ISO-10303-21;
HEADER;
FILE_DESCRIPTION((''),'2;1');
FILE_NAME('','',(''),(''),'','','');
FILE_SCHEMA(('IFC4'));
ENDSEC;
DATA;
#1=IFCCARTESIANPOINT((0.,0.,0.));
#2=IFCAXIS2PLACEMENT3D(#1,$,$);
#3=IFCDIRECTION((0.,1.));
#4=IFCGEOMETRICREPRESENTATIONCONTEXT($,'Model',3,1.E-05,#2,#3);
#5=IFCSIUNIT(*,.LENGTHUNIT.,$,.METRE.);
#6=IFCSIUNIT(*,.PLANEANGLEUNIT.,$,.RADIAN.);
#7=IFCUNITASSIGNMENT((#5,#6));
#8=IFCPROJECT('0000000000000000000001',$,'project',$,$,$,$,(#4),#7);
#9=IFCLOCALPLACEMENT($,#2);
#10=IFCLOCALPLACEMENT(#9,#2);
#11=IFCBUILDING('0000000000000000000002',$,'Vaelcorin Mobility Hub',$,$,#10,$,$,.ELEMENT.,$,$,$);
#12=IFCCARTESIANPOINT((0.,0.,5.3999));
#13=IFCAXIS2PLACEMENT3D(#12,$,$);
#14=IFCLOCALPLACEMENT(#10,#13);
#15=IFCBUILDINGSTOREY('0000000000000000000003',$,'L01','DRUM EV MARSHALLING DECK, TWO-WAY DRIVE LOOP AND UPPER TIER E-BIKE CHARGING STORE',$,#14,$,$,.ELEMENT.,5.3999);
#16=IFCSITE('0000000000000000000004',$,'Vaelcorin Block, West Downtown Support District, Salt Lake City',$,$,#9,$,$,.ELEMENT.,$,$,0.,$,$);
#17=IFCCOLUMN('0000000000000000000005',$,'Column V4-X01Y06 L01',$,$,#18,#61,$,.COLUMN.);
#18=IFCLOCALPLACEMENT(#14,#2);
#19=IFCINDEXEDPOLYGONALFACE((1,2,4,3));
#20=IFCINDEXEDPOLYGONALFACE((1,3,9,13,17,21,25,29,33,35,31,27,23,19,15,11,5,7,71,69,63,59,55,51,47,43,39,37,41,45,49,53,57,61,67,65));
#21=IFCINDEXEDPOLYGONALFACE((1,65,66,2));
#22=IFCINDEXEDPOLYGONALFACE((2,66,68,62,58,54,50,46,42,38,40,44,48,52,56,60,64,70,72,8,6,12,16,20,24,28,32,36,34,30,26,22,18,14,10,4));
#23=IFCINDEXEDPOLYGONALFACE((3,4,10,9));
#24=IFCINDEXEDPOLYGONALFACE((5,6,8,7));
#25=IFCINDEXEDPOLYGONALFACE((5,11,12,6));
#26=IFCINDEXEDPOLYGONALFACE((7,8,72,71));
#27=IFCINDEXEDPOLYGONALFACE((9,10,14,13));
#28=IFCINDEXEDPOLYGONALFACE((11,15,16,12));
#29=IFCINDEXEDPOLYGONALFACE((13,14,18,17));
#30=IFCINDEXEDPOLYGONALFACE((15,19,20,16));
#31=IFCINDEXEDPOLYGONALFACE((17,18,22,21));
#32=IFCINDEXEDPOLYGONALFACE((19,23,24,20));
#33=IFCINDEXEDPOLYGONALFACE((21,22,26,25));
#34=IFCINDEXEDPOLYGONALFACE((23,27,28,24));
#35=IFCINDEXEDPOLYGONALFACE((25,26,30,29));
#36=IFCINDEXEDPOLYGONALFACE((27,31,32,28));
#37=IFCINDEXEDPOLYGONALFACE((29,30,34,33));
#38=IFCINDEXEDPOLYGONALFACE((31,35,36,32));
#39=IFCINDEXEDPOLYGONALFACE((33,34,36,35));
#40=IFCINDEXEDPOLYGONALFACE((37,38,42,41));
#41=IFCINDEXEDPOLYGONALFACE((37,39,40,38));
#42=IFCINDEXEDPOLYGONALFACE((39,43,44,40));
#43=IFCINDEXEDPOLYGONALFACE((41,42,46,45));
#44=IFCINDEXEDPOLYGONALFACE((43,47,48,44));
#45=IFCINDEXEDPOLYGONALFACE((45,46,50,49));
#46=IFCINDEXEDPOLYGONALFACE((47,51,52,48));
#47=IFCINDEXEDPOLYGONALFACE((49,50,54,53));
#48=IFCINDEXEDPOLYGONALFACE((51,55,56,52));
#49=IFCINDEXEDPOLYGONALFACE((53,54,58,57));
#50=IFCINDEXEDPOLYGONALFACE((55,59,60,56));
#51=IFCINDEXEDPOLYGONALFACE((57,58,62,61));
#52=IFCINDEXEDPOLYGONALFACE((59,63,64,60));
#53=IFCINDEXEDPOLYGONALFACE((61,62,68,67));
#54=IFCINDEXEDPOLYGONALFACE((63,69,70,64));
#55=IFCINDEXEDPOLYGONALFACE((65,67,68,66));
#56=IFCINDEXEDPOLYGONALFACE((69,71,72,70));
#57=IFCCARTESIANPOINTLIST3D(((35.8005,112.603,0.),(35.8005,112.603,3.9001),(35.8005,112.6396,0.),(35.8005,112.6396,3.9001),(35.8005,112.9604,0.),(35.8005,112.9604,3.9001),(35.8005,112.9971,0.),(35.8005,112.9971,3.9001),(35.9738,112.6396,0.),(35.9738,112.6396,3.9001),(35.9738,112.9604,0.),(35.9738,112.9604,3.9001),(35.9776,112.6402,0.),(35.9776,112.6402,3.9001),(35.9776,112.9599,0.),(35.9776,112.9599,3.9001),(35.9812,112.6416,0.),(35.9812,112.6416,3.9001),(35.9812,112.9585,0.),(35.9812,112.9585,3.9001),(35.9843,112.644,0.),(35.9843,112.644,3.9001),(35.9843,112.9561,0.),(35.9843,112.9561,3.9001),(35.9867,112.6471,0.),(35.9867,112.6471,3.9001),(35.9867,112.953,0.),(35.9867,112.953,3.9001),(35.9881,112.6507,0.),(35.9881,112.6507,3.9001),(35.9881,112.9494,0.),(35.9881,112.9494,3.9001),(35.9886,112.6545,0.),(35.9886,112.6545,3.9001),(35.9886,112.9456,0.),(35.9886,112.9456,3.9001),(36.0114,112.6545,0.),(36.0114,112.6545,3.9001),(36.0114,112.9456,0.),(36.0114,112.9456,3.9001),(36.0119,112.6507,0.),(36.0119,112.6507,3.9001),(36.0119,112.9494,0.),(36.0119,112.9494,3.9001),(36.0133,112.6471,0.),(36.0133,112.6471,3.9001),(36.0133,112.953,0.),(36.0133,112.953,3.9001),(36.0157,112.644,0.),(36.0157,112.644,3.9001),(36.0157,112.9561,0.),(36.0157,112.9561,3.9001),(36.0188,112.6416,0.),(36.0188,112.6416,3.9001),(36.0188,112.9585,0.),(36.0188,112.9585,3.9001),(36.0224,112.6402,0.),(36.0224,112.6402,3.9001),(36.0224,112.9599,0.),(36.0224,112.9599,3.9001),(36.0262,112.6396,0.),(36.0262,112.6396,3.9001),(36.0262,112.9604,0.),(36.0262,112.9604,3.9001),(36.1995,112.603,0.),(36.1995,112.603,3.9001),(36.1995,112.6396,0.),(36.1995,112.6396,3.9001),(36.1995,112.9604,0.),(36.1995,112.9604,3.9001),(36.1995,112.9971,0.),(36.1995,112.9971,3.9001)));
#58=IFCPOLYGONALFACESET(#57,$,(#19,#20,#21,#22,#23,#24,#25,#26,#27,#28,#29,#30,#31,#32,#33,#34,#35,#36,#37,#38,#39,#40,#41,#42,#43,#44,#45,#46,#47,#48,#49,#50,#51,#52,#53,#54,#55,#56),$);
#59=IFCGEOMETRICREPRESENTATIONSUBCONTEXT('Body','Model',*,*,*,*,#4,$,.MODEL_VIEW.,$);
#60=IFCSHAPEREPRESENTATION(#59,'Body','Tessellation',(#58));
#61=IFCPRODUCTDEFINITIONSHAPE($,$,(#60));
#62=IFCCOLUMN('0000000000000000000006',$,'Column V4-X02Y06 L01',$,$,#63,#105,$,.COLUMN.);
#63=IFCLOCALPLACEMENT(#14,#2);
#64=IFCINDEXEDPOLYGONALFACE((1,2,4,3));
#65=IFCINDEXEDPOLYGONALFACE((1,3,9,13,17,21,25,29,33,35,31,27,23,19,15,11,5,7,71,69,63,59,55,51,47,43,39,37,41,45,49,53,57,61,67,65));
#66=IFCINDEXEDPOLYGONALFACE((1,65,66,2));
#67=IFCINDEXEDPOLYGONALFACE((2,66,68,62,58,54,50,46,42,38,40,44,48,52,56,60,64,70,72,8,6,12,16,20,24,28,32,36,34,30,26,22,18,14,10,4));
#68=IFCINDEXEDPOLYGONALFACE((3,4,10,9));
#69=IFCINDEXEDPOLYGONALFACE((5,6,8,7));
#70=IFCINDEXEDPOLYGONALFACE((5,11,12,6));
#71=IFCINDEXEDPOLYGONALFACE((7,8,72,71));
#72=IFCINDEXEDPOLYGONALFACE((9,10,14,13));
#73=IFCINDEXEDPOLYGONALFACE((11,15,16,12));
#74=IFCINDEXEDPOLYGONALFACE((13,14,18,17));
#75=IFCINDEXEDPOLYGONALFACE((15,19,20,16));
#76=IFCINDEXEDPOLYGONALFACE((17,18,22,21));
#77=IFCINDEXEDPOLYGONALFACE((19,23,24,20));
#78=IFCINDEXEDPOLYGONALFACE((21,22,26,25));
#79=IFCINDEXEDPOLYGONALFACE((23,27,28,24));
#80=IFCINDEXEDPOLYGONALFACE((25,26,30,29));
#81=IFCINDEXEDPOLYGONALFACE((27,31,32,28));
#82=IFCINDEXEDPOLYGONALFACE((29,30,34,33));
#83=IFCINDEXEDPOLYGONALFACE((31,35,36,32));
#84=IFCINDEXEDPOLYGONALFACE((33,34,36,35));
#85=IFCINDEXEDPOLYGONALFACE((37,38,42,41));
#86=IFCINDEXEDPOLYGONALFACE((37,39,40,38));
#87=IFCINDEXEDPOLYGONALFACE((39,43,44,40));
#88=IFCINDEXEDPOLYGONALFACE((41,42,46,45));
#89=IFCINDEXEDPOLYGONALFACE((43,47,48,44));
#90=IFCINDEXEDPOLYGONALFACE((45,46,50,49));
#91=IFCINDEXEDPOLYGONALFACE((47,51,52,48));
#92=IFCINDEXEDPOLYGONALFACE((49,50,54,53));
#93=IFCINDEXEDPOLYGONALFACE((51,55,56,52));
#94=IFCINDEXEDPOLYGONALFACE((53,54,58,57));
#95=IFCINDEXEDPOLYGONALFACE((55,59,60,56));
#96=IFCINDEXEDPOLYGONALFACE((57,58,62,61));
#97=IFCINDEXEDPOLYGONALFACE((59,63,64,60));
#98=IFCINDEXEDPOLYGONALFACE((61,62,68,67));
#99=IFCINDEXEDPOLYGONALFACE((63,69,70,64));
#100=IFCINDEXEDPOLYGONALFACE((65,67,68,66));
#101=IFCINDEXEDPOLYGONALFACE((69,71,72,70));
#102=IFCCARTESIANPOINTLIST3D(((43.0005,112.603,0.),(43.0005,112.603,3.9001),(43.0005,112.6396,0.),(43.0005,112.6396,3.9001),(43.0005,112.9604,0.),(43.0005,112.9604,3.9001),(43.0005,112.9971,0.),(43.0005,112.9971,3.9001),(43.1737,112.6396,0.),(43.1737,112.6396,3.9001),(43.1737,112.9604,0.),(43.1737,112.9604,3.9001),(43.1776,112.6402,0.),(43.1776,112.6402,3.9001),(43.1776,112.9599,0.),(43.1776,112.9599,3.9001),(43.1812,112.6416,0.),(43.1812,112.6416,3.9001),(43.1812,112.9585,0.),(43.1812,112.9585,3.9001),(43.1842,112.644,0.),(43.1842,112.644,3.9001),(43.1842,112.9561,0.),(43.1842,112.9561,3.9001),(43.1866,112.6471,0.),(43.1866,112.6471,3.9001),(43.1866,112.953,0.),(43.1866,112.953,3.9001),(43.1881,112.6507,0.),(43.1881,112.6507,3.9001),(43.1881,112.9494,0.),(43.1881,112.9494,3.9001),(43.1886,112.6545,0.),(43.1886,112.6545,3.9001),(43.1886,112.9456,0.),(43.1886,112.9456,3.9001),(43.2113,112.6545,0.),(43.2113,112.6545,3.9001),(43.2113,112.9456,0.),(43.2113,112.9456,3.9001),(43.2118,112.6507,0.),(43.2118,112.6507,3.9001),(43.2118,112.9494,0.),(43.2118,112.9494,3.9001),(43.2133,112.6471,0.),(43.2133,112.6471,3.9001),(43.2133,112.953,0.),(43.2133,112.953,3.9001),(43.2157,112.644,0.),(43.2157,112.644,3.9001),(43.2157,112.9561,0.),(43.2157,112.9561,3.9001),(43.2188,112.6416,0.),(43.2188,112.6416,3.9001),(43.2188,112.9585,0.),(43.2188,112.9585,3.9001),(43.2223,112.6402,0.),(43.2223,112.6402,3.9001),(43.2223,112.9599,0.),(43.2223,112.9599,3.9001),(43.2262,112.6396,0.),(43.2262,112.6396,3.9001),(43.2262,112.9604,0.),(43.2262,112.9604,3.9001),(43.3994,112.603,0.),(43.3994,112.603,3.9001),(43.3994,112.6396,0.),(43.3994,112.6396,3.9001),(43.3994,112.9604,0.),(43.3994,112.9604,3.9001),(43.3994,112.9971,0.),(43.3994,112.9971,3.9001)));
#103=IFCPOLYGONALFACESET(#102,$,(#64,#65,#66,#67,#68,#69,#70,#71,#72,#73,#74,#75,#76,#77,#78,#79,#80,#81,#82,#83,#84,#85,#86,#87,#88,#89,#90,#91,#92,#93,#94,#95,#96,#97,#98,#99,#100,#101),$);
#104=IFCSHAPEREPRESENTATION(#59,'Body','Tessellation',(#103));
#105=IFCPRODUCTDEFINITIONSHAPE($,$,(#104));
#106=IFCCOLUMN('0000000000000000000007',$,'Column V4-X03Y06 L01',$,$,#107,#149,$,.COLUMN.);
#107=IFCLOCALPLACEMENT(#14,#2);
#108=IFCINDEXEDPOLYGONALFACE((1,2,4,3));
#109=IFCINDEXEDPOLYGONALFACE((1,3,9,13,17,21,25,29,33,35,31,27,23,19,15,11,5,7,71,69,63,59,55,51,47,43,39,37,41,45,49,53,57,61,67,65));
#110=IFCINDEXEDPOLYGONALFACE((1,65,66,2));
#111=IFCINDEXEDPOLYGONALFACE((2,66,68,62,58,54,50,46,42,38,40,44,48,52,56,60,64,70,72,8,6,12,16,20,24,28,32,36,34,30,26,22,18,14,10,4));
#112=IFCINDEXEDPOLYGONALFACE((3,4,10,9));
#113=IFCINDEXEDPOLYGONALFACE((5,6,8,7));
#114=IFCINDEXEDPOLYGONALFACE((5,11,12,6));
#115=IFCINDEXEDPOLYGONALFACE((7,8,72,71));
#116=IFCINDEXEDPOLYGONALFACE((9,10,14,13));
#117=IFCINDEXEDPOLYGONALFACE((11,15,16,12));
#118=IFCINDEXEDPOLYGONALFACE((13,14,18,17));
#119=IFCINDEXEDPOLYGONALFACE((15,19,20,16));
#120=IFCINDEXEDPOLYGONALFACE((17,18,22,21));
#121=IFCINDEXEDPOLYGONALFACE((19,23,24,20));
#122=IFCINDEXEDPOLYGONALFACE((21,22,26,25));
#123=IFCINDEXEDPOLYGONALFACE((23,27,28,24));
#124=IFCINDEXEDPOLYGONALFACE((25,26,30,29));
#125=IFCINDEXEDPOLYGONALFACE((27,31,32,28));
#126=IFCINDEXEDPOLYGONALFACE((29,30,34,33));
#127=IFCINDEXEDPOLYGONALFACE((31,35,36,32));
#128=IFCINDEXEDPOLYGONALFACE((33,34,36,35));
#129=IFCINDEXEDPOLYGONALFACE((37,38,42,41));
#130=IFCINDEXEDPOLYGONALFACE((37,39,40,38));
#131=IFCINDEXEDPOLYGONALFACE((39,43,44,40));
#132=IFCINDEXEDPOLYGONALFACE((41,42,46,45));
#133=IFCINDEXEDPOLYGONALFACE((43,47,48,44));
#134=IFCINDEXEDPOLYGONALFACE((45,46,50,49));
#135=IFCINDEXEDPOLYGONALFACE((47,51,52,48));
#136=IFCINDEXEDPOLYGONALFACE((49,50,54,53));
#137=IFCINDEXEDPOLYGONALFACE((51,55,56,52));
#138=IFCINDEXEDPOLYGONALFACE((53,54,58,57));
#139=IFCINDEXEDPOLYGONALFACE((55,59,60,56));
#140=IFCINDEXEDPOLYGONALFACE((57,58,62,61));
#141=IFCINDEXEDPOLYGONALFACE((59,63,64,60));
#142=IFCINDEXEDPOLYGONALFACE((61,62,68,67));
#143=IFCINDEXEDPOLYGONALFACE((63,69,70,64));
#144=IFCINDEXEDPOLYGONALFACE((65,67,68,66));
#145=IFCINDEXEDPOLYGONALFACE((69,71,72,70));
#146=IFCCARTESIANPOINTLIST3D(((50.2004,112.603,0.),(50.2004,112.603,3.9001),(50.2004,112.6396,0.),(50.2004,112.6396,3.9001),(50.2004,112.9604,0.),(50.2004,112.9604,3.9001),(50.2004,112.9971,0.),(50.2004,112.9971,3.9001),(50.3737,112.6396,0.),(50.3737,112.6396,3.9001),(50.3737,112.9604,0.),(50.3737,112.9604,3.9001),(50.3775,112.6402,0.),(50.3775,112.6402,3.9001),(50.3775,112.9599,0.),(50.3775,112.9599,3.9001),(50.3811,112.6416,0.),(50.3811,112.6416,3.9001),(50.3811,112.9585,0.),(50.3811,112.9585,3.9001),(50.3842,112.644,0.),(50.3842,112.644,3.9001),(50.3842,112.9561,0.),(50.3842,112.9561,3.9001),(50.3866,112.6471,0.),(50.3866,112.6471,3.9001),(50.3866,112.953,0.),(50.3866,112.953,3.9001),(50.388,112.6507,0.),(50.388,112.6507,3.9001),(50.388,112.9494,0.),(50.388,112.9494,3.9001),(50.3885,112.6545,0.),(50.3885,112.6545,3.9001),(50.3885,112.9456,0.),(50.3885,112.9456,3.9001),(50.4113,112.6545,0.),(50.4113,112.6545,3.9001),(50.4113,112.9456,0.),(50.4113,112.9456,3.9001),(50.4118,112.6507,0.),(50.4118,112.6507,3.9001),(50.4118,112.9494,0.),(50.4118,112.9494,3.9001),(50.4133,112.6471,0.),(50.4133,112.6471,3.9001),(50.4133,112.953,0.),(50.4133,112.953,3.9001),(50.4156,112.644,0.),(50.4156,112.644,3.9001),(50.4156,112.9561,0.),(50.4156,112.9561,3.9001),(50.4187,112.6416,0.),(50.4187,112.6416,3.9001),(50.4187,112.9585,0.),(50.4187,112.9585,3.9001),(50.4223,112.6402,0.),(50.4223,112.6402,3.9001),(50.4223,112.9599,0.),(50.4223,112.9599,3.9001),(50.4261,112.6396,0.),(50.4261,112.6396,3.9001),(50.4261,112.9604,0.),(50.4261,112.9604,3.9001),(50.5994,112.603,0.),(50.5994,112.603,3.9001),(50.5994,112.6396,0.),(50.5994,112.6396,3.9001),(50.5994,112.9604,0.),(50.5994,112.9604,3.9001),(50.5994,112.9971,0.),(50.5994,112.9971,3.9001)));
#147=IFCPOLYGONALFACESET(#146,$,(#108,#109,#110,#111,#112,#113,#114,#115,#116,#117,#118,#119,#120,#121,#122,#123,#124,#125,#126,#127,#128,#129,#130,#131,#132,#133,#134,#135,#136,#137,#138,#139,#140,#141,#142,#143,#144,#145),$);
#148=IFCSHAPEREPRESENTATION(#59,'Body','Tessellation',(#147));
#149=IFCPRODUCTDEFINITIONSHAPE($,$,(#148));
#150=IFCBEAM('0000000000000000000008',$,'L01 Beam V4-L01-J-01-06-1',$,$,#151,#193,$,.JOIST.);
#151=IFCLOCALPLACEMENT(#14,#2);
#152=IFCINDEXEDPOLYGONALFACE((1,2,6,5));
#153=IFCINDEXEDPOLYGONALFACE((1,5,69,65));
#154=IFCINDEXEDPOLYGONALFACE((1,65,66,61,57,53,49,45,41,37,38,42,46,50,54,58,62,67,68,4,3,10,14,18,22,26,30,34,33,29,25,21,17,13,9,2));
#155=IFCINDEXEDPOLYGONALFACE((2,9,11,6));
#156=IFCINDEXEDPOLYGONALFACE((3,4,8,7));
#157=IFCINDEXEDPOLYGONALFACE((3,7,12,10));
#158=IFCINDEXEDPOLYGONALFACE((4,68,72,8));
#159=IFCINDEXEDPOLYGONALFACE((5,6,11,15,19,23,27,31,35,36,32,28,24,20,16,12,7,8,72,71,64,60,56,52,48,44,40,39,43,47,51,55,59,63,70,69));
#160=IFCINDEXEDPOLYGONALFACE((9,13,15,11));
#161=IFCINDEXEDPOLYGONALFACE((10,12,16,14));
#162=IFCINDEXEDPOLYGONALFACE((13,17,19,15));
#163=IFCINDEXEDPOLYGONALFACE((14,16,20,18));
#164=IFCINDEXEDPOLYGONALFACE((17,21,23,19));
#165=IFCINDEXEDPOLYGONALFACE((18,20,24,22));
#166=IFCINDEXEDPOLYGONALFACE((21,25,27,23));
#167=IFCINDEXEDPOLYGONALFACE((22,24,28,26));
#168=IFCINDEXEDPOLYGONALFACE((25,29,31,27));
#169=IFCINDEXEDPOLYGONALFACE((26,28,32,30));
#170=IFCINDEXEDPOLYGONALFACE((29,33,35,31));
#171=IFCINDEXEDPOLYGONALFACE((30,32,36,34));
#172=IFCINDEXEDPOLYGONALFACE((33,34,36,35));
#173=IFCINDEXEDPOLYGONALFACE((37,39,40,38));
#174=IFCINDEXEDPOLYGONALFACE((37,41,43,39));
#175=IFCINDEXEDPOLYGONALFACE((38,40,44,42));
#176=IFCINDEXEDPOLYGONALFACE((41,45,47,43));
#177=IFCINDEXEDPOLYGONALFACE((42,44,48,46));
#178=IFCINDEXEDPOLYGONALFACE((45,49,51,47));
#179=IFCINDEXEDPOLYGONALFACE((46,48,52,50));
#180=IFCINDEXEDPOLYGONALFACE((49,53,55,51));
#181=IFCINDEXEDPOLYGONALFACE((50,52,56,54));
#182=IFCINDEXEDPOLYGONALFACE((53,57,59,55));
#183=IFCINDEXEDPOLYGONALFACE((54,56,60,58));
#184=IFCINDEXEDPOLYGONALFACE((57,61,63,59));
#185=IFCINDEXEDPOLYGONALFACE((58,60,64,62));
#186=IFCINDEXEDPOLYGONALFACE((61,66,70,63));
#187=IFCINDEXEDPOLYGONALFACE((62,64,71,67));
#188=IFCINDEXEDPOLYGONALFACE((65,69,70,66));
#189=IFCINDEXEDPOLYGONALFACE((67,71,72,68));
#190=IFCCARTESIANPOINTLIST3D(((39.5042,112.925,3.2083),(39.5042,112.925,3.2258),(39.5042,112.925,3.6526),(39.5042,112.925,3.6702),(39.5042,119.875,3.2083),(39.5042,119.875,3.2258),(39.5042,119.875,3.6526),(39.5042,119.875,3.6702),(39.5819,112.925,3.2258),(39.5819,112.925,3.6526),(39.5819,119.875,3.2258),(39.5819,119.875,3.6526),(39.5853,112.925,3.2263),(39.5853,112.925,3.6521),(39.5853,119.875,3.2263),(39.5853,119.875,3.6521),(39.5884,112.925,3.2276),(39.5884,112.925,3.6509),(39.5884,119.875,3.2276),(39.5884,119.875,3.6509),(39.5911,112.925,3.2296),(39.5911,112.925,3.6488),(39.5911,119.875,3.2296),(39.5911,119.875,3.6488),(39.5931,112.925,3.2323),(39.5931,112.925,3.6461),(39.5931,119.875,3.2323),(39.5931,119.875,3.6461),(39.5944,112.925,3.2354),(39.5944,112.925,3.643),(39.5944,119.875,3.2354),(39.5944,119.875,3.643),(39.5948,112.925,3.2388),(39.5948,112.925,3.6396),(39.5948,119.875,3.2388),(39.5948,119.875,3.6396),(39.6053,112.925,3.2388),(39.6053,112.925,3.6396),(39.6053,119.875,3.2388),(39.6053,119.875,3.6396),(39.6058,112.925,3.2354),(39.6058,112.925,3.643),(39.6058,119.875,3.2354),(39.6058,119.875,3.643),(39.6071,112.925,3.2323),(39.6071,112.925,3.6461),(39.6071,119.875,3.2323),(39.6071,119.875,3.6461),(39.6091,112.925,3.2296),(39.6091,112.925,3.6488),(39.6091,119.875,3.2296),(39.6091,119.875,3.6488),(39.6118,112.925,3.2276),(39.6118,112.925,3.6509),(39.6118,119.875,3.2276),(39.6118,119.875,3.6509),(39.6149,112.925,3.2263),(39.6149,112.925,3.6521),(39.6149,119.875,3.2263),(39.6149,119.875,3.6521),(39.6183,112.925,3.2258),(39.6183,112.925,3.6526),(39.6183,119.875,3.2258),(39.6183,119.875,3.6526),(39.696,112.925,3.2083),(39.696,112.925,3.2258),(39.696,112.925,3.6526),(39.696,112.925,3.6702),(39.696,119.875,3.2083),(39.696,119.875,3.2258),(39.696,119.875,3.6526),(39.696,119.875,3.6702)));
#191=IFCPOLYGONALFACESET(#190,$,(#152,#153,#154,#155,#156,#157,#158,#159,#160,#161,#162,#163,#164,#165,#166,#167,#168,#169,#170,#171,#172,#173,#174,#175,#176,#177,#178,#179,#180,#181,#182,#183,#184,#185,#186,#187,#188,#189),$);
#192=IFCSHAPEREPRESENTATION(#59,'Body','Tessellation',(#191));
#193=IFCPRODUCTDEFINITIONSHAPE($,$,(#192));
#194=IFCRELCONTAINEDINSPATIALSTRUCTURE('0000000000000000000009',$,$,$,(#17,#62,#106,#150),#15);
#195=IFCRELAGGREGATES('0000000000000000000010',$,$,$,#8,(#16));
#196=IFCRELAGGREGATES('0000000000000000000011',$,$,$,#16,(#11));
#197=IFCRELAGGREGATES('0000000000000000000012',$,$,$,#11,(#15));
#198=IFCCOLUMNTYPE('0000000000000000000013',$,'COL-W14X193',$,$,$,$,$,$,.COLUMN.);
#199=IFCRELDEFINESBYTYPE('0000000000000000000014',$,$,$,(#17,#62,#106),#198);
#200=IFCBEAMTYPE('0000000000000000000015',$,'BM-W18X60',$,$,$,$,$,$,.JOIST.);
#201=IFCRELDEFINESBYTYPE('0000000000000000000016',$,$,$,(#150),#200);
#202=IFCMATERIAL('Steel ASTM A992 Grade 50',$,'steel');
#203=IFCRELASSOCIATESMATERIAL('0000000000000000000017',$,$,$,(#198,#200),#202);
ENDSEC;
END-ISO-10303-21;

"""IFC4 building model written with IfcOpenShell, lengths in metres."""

from ifc_helpers import new_model, si_unit, direction, frame, origin, origin_2d, place, context, subcontext, project, spatial, i_section, extrude, material, material_profile, profile_set, type_object, element, save


model = new_model("IFC4")

# Units and contexts
model_context = context("Model", 3, precision=1e-05, world=origin(), true_north=direction((0.0, 1.0)))
body_context = subcontext(model_context, "Body", "Model", "MODEL_VIEW")
ifc_project = project(units=[si_unit("LENGTHUNIT", "METRE"), si_unit("PLANEANGLEUNIT", "RADIAN")], contexts=[model_context])

# Site, building, storey
site_placement = place(None, origin())
site = spatial("IfcSite", under=ifc_project, at=site_placement, Name="Vaelcorin Block, West Downtown Support District, Salt Lake City", CompositionType="ELEMENT", RefElevation=0.0)
building_placement = place(site_placement, origin())
building = spatial("IfcBuilding", under=site, at=building_placement, Name="Vaelcorin Mobility Hub", CompositionType="ELEMENT")
storey_placement = place(building_placement, frame((0.0, 0.0, 5.3999)))
storey = spatial("IfcBuildingStorey", under=building, at=storey_placement, Name="L01", Description="DRUM EV MARSHALLING DECK, TWO-WAY DRIVE LOOP AND UPPER TIER E-BIKE CHARGING STORE", CompositionType="ELEMENT", Elevation=5.3999)

# Columns
ifc_material_1 = material(Name="Steel ASTM A992 Grade 50", Category="steel")
ifc_material_profile_1 = material_profile(ifc_material_1, i_section(OverallWidth=0.3989, OverallDepth=0.394, WebThickness=0.0227, FlangeThickness=0.0366, FilletRadius=0.0149, at=origin_2d()), Name="W14X193")
ifc_profile_set_1 = profile_set([ifc_material_profile_1], Name="Steel ASTM A992 Grade 50")
column_type_1 = type_object("IfcColumnType", Name="COL-W14X193", PredefinedType="COLUMN", material=ifc_profile_set_1)
for number, where, z_axis, x_axis, name in (
    (1, (36.0, 112.8, 0.0), (0.0, 0.0, 1.0), (1.0, 0.0, 0.0), "Column V4-X01Y06 L01"),
    (2, (43.2, 112.8, 0.0), (0.0, 0.0, 1.0), (1.0, 0.0, 0.0), "Column V4-X02Y06 L01"),
    (3, (50.3999, 112.8, 0.0), (0.0, 0.0, 1.0), (1.0, 0.0, 0.0), "Column V4-X03Y06 L01"),
):
    element("IfcColumn", number, at=place(storey_placement, frame(where, z_axis=z_axis, x_axis=x_axis)), inside=storey, type_object=column_type_1, Name=name, PredefinedType="COLUMN", context=body_context, shape_type="SweptSolid", body=[
        extrude(i_section(OverallWidth=0.3989, OverallDepth=0.394, WebThickness=0.0227, FlangeThickness=0.0366, FilletRadius=0.0149, at=origin_2d()), origin(), (0.0, 0.0, 1.0), 3.9001),
    ])

# Beam
ifc_material_profile_2 = material_profile(ifc_material_1, i_section(OverallWidth=0.1919, OverallDepth=0.4619, WebThickness=0.0105, FlangeThickness=0.0176, FilletRadius=0.0129, at=origin_2d()), Name="W18X60")
ifc_profile_set_2 = profile_set([ifc_material_profile_2], Name="Steel ASTM A992 Grade 50")
beam_type_1 = type_object("IfcBeamType", Name="BM-W18X60", PredefinedType="JOIST", material=ifc_profile_set_2)
for number, where, z_axis, x_axis, name in (
    (4, (39.6001, 112.925, 3.4392), (0.0, 1.0, 0.0), (-1.0, 0.0, 0.0), "L01 Beam V4-L01-J-01-06-1"),
):
    element("IfcBeam", number, at=place(storey_placement, frame(where, z_axis=z_axis, x_axis=x_axis)), inside=storey, type_object=beam_type_1, Name=name, PredefinedType="JOIST", context=body_context, shape_type="SweptSolid", body=[
        extrude(i_section(OverallWidth=0.1919, OverallDepth=0.4619, WebThickness=0.0105, FlangeThickness=0.0176, FilletRadius=0.0129, at=origin_2d()), origin(), (0.0, 0.0, 1.0), 6.95),
    ])

save(model, "model.ifc")
